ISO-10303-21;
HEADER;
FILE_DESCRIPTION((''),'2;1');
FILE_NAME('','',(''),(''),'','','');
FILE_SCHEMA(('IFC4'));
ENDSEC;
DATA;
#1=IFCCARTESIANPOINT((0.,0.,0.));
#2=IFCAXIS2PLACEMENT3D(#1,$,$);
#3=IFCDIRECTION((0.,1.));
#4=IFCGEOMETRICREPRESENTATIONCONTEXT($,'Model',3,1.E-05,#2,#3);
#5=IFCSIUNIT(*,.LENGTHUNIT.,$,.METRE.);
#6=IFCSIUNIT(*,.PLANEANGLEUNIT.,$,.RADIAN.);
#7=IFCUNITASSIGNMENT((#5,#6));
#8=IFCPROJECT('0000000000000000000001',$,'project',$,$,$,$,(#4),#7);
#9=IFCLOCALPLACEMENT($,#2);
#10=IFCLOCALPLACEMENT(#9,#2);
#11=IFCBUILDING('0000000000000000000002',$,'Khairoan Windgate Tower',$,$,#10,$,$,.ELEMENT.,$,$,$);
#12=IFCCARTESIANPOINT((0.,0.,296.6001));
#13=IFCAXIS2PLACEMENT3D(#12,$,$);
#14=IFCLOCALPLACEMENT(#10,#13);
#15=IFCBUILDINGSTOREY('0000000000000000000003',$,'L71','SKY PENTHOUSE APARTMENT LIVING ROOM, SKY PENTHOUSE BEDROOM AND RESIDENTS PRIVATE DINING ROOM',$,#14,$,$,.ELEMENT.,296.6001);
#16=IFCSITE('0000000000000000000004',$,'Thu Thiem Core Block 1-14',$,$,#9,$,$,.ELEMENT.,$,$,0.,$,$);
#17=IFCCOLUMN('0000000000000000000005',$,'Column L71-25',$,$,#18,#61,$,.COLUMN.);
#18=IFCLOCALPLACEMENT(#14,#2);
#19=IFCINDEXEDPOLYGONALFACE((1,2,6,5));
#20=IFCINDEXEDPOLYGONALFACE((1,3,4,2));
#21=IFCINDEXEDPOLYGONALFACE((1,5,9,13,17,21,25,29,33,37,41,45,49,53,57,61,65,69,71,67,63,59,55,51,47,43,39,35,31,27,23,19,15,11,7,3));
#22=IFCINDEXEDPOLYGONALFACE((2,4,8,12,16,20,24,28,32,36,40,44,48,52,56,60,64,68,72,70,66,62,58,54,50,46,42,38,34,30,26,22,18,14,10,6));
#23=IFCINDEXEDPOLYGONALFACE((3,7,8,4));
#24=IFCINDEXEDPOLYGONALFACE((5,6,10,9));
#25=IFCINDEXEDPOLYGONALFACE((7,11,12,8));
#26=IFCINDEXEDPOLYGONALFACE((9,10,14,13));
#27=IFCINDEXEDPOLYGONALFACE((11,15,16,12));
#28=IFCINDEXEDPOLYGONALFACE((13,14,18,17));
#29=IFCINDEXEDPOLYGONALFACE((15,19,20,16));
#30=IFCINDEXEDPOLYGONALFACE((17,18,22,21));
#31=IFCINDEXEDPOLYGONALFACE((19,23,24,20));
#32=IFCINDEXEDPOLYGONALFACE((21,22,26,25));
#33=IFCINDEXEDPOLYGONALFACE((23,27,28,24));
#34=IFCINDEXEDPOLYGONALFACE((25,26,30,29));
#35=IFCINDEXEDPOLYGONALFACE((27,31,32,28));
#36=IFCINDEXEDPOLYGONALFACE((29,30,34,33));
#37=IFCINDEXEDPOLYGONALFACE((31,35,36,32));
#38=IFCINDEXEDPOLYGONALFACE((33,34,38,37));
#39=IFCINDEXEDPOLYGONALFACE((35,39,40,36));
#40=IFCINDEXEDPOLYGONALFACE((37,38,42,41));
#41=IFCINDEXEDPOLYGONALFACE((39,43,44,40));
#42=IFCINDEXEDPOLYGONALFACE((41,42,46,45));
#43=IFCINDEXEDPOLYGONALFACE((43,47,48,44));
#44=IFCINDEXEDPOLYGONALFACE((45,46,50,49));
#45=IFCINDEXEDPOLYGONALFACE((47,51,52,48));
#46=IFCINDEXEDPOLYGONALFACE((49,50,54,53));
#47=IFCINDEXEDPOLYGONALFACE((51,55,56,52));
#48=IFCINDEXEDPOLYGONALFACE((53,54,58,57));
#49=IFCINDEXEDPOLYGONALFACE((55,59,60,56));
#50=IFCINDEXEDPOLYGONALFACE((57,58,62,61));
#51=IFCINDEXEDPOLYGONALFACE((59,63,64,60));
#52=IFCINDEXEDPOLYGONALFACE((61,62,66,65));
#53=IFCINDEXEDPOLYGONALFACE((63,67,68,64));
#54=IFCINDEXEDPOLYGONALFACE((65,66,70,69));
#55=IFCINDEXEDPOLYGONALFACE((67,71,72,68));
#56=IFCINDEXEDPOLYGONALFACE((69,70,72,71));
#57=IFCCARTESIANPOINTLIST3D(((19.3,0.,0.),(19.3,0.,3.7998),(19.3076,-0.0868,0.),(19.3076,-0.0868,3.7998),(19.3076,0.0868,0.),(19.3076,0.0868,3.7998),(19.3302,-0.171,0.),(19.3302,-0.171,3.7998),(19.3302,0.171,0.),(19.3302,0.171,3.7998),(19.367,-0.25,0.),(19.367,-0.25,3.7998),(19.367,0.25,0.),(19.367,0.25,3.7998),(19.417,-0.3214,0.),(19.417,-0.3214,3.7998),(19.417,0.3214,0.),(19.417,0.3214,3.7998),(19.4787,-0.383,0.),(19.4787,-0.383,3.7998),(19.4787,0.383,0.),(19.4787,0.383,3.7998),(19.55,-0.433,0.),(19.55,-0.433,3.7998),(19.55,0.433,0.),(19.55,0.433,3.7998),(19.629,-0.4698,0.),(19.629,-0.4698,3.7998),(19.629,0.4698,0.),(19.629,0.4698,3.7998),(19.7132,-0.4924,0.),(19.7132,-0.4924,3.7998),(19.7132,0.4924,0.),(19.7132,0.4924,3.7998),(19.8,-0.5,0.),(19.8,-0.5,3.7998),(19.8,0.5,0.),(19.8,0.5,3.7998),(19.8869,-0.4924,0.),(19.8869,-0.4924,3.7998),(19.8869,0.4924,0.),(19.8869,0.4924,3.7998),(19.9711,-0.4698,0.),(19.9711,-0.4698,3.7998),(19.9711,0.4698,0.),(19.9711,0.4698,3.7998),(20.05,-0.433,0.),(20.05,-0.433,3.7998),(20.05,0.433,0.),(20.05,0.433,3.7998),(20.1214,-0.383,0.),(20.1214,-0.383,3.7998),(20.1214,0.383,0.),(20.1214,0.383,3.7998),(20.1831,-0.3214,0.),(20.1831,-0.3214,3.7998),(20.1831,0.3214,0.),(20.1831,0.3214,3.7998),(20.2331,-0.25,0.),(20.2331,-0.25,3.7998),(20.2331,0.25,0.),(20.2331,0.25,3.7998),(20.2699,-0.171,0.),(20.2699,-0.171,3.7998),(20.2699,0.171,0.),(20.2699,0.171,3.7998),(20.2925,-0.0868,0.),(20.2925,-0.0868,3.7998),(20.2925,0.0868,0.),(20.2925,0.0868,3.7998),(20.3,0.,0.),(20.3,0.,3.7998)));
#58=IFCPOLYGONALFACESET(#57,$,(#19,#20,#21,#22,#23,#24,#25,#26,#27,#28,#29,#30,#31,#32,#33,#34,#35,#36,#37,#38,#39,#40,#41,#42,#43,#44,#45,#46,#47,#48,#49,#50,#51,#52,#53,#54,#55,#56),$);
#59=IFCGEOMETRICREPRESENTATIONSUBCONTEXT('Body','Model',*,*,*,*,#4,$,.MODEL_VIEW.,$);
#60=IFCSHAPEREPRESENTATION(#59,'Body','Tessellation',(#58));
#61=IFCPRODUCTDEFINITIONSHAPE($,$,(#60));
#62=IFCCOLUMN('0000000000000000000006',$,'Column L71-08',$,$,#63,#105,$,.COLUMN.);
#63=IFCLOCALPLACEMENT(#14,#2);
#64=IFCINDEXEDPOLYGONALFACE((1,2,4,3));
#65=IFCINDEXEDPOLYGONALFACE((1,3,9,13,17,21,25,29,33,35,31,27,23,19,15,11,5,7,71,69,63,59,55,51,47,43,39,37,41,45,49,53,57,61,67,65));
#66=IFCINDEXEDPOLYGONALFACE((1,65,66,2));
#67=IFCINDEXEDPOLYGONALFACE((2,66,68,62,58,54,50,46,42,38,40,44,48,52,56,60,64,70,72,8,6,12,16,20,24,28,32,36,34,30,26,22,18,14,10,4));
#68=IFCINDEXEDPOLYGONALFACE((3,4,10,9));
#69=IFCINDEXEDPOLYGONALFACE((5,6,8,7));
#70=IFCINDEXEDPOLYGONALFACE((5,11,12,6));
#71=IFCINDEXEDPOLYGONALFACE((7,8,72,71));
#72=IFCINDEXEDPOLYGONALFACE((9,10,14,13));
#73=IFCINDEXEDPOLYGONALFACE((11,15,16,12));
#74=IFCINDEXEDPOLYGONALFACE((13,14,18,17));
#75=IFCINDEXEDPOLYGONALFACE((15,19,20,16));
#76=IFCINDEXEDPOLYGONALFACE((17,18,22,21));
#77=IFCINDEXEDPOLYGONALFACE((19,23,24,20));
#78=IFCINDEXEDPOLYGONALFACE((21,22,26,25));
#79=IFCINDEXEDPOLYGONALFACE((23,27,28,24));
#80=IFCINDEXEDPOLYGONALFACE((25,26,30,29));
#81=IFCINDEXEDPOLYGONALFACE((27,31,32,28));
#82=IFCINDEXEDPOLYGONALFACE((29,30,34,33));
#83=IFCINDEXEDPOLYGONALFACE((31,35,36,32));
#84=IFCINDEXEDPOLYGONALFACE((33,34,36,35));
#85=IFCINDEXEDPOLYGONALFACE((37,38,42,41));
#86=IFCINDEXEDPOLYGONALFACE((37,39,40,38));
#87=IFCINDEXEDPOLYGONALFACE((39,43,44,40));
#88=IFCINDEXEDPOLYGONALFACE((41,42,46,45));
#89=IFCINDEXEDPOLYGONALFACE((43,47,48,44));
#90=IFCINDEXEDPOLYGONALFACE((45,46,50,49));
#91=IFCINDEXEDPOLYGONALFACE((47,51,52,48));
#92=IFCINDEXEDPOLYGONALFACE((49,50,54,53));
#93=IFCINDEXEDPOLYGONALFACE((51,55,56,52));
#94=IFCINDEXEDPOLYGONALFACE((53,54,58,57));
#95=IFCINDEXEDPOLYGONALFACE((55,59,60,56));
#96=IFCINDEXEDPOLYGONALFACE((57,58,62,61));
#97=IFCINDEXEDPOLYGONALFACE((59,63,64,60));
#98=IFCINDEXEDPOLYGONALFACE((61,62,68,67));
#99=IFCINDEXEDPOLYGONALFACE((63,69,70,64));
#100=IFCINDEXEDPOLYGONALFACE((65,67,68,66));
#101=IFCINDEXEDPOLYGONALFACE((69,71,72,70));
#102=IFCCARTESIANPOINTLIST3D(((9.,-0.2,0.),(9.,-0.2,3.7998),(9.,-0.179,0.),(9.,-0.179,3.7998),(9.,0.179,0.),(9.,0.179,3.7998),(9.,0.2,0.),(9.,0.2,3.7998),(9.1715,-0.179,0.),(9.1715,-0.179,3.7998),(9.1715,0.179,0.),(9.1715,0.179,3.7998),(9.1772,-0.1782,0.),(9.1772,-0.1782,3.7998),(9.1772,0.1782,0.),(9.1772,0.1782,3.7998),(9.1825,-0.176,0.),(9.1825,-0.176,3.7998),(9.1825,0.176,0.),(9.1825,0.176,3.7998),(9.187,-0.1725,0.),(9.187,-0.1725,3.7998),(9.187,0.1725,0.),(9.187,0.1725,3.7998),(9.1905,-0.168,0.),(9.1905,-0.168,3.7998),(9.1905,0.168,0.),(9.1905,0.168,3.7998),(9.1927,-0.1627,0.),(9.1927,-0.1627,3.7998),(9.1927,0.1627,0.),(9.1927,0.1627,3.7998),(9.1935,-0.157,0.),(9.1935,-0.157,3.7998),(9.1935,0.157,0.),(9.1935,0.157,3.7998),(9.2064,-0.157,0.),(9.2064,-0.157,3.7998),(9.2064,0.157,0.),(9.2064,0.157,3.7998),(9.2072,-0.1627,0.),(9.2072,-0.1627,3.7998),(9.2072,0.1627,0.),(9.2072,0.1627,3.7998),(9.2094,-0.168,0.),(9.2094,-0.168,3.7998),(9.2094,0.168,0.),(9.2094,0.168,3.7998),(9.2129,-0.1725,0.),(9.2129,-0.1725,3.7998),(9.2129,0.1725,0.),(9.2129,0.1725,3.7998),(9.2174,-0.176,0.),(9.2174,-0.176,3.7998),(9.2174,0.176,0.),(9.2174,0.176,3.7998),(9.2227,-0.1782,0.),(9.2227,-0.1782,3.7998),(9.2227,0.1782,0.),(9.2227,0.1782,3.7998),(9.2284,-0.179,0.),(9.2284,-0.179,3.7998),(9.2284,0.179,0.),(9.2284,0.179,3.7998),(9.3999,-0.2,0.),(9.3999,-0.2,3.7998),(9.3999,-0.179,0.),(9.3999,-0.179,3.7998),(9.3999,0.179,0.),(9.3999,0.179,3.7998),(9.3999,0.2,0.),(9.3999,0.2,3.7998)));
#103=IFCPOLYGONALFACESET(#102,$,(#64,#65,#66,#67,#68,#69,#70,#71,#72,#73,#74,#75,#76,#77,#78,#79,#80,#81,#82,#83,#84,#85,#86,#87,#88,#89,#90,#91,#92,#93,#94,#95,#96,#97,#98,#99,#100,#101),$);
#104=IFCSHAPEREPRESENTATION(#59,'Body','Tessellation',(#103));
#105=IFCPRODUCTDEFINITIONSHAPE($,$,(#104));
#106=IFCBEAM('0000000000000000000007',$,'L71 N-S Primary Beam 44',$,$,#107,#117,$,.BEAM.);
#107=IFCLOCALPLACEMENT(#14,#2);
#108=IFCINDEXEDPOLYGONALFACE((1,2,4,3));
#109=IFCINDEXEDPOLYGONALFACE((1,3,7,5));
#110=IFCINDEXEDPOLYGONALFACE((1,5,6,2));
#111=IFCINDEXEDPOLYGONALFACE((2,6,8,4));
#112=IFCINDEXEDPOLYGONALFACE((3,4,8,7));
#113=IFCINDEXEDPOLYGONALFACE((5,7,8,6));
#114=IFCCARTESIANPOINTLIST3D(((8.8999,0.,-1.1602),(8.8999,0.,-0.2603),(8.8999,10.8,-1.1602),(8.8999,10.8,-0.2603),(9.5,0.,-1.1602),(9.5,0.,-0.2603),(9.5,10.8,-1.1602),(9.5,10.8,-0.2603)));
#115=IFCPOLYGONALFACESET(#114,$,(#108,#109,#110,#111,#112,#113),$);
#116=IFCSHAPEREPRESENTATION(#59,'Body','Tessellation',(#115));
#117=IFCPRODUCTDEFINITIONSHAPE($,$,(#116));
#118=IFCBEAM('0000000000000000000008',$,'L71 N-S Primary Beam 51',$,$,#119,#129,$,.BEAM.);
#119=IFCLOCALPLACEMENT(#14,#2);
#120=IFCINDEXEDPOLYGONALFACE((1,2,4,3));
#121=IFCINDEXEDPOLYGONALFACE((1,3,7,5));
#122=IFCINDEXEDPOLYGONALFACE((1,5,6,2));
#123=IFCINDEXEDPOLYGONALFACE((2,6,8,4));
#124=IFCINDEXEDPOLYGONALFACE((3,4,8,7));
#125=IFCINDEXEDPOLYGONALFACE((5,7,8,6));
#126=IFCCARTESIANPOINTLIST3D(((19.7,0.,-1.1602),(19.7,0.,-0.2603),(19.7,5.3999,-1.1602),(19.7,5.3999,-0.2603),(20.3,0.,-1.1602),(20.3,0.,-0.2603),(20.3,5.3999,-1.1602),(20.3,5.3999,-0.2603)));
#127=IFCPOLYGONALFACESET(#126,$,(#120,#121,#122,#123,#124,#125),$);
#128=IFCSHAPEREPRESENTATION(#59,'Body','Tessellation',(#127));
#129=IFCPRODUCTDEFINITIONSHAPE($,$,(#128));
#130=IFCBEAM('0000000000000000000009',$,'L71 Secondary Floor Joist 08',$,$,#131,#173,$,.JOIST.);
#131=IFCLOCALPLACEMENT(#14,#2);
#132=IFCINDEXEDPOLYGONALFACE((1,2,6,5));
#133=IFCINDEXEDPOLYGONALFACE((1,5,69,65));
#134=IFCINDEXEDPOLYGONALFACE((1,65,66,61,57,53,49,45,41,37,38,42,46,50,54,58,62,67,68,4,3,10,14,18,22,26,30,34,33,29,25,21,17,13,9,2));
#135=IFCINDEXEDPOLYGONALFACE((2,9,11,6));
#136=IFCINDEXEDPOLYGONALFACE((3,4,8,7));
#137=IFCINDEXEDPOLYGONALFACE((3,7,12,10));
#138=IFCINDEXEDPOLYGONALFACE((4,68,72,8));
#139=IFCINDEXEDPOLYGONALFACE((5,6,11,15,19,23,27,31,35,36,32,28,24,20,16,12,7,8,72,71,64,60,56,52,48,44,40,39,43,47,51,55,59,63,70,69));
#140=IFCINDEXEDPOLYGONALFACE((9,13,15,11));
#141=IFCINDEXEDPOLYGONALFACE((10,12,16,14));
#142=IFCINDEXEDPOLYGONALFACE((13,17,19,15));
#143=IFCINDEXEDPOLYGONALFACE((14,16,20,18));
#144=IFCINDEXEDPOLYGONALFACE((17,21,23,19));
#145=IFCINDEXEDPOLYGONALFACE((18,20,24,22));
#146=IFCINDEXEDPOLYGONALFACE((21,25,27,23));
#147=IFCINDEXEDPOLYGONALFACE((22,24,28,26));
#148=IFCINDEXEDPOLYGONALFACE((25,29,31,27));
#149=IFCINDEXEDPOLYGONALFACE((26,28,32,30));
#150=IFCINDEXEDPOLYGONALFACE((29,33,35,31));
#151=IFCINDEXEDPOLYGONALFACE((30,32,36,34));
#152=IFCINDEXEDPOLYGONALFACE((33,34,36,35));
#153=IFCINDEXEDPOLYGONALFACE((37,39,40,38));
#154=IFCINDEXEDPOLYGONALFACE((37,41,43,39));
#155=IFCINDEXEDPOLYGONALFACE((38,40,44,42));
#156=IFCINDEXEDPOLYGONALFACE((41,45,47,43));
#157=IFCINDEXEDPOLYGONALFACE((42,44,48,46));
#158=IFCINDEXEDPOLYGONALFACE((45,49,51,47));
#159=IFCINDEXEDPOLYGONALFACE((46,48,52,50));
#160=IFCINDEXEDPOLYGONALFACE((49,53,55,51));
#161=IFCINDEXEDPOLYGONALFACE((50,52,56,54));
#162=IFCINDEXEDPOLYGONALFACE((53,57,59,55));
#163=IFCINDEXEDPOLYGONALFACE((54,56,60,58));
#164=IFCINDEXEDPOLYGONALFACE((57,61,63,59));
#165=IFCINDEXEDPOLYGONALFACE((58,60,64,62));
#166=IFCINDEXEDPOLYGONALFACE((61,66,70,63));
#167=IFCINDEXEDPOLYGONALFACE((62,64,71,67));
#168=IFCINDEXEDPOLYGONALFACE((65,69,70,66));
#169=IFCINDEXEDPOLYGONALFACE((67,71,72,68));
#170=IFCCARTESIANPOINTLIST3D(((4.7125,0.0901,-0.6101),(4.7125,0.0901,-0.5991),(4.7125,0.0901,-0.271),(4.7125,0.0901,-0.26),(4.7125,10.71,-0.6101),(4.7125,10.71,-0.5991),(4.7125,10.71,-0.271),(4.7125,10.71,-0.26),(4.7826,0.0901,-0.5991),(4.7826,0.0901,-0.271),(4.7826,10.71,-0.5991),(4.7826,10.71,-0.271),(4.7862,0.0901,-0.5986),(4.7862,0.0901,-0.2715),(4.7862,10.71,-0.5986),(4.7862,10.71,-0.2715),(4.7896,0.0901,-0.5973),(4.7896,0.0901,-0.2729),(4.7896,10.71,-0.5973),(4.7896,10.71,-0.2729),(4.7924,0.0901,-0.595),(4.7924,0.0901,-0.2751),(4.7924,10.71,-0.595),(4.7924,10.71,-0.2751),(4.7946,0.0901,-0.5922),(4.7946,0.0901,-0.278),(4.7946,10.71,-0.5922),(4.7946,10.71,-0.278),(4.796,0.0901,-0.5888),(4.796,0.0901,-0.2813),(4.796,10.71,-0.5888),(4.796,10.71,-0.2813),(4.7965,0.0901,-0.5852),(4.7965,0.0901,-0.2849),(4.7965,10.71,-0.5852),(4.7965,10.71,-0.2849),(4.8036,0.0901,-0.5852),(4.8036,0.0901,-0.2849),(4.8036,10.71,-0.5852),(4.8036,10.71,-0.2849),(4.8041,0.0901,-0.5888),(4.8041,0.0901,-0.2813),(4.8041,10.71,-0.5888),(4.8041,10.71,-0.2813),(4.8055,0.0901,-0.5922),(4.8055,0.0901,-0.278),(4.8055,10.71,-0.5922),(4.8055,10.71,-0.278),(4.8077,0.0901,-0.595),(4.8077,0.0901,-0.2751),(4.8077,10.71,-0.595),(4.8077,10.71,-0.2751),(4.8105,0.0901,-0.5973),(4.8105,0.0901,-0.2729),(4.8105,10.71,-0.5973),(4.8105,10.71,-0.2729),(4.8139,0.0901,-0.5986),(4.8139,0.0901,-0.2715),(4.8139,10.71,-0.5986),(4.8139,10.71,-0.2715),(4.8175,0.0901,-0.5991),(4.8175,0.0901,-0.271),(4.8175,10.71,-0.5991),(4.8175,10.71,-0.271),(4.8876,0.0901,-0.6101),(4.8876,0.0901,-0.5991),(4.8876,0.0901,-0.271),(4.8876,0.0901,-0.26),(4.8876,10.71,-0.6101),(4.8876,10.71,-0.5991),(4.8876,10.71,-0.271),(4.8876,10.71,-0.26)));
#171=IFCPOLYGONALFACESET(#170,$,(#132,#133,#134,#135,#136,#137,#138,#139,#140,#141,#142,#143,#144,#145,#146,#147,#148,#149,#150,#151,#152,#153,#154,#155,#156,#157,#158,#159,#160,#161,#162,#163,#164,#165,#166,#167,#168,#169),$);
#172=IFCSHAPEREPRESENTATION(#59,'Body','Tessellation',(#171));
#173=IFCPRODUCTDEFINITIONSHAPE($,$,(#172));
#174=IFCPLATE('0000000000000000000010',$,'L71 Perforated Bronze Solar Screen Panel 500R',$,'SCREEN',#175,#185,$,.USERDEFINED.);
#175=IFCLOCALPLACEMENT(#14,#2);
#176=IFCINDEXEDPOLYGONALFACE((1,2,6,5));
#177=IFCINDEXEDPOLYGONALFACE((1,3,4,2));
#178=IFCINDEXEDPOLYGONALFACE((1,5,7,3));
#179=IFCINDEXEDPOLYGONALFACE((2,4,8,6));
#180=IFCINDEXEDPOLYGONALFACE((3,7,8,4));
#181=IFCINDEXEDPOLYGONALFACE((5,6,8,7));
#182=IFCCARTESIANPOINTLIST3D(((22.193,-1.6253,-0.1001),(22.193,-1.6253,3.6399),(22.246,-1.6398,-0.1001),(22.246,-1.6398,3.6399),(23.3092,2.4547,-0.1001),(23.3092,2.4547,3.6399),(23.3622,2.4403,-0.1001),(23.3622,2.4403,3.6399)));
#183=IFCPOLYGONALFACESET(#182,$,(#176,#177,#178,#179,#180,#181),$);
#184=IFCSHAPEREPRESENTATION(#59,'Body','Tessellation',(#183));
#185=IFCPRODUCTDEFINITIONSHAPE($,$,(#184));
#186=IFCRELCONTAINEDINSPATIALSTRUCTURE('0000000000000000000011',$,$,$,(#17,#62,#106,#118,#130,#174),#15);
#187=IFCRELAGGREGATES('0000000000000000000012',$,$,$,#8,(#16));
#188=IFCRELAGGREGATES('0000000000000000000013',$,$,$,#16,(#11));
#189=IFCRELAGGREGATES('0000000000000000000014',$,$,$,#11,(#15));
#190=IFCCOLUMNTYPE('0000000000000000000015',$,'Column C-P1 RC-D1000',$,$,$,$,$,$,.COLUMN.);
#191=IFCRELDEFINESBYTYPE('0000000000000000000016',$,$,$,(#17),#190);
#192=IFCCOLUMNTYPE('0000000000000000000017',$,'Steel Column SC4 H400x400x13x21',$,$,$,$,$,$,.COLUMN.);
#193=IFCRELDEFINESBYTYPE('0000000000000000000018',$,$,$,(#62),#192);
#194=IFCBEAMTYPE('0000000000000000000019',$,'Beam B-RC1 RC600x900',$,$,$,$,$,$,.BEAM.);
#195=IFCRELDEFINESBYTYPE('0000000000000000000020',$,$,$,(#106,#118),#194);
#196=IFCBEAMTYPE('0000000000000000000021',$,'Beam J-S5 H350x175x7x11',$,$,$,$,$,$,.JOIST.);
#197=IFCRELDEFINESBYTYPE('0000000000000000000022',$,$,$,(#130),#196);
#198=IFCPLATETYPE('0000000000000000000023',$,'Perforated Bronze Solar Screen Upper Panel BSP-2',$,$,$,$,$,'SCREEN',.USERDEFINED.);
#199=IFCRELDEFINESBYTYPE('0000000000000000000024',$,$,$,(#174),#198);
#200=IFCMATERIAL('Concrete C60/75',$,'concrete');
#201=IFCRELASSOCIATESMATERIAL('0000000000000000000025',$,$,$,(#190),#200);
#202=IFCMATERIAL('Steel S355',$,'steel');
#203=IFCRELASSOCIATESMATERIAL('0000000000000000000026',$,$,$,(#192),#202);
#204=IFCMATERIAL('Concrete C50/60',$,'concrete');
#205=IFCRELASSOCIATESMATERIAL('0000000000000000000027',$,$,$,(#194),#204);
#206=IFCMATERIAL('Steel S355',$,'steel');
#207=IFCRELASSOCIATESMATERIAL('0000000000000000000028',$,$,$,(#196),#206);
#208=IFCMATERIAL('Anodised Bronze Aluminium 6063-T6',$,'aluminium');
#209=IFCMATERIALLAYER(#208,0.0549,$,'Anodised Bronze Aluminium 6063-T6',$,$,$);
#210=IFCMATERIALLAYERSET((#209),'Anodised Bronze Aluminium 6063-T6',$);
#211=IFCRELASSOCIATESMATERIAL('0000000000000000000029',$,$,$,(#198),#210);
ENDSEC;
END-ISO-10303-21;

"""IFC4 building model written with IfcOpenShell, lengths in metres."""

from ifc_helpers import new_model, si_unit, direction, frame, origin, origin_2d, place, context, subcontext, project, spatial, rectangle, circle, i_section, extrude, material, layer, layer_set, material_profile, profile_set, type_object, element, save


model = new_model("IFC4")

# Units and contexts
model_context = context("Model", 3, precision=1e-05, world=origin(), true_north=direction((0.0, 1.0)))
body_context = subcontext(model_context, "Body", "Model", "MODEL_VIEW")
ifc_project = project(units=[si_unit("LENGTHUNIT", "METRE"), si_unit("PLANEANGLEUNIT", "RADIAN")], contexts=[model_context])

# Site, building, storey
site_placement = place(None, origin())
site = spatial("IfcSite", under=ifc_project, at=site_placement, Name="Thu Thiem Core Block 1-14", CompositionType="ELEMENT", RefElevation=0.0)
building_placement = place(site_placement, origin())
building = spatial("IfcBuilding", under=site, at=building_placement, Name="Khairoan Windgate Tower", CompositionType="ELEMENT")
storey_placement = place(building_placement, frame((0.0, 0.0, 296.6001)))
storey = spatial("IfcBuildingStorey", under=building, at=storey_placement, Name="L71", Description="SKY PENTHOUSE APARTMENT LIVING ROOM, SKY PENTHOUSE BEDROOM AND RESIDENTS PRIVATE DINING ROOM", CompositionType="ELEMENT", Elevation=296.6001)

# Columns
ifc_material_1 = material(Name="Concrete C60/75", Category="concrete")
ifc_material_profile_1 = material_profile(ifc_material_1, circle(Radius=0.5, at=origin_2d()))
ifc_profile_set_1 = profile_set([ifc_material_profile_1], Name="Concrete C60/75")
column_type_1 = type_object("IfcColumnType", Name="Column C-P1 RC-D1000", PredefinedType="COLUMN", material=ifc_profile_set_1)
column_1_placement = place(storey_placement, frame((19.8, 0.0, 0.0), z_axis=(0.0, 0.0, 1.0), x_axis=(1.0, 0.0, 0.0)))
element("IfcColumn", 1, at=column_1_placement, inside=storey, type_object=column_type_1, Name="Column L71-25", PredefinedType="COLUMN", context=body_context, shape_type="SweptSolid", body=[
    extrude(circle(Radius=0.5, at=origin_2d()), origin(), (0.0, 0.0, 1.0), 3.7998),
])
ifc_material_2 = material(Name="Steel S355", Category="steel")
ifc_material_profile_2 = material_profile(ifc_material_2, i_section(OverallWidth=0.3999, OverallDepth=0.3999, WebThickness=0.0129, FlangeThickness=0.021, FilletRadius=0.022, at=origin_2d()))
ifc_profile_set_2 = profile_set([ifc_material_profile_2], Name="Steel S355")
column_type_2 = type_object("IfcColumnType", Name="Steel Column SC4 H400x400x13x21", PredefinedType="COLUMN", material=ifc_profile_set_2)
column_2_placement = place(storey_placement, frame((9.2, 0.0, 0.0), z_axis=(0.0, 0.0, 1.0), x_axis=(1.0, 0.0, 0.0)))
element("IfcColumn", 2, at=column_2_placement, inside=storey, type_object=column_type_2, Name="Column L71-08", PredefinedType="COLUMN", context=body_context, shape_type="SweptSolid", body=[
    extrude(i_section(OverallWidth=0.3999, OverallDepth=0.3999, WebThickness=0.0129, FlangeThickness=0.021, FilletRadius=0.022, at=origin_2d()), origin(), (0.0, 0.0, 1.0), 3.7998),
])

# Beams
ifc_material_3 = material(Name="Concrete C50/60", Category="concrete")
ifc_material_profile_3 = material_profile(ifc_material_3, rectangle(XDim=0.6001, YDim=0.8999, at=origin_2d()))
ifc_profile_set_3 = profile_set([ifc_material_profile_3], Name="Concrete C50/60")
beam_type_1 = type_object("IfcBeamType", Name="Beam B-RC1 RC600x900", PredefinedType="BEAM", material=ifc_profile_set_3)
beam_1_placement = place(storey_placement, frame((9.2, 0.0, -0.7102), z_axis=(0.0, 1.0, 0.0), x_axis=(-1.0, 0.0, 0.0)))
element("IfcBeam", 3, at=beam_1_placement, inside=storey, type_object=beam_type_1, Name="L71 N-S Primary Beam 44", PredefinedType="BEAM", context=body_context, shape_type="SweptSolid", body=[
    extrude(rectangle(XDim=0.6001, YDim=0.8999, at=origin_2d()), origin(), (0.0, 0.0, 1.0), 10.8),
])
beam_2_placement = place(storey_placement, frame((20.0, 0.0, -0.7102), z_axis=(0.0, 1.0, 0.0), x_axis=(-1.0, 0.0, 0.0)))
element("IfcBeam", 4, at=beam_2_placement, inside=storey, type_object=beam_type_1, Name="L71 N-S Primary Beam 51", PredefinedType="BEAM", context=body_context, shape_type="SweptSolid", body=[
    extrude(rectangle(XDim=0.6001, YDim=0.8999, at=origin_2d()), origin(), (0.0, 0.0, 1.0), 5.3999),
])
ifc_material_4 = material(Name="Steel S355", Category="steel")
ifc_material_profile_4 = material_profile(ifc_material_4, i_section(OverallWidth=0.175, OverallDepth=0.3501, WebThickness=0.0071, FlangeThickness=0.011, FilletRadius=0.0139, at=origin_2d()))
ifc_profile_set_4 = profile_set([ifc_material_profile_4], Name="Steel S355")
beam_type_2 = type_object("IfcBeamType", Name="Beam J-S5 H350x175x7x11", PredefinedType="JOIST", material=ifc_profile_set_4)
beam_3_placement = place(storey_placement, frame((4.8, 0.0901, -0.4351), z_axis=(0.0, 1.0, 0.0), x_axis=(-1.0, 0.0, 0.0)))
element("IfcBeam", 5, at=beam_3_placement, inside=storey, type_object=beam_type_2, Name="L71 Secondary Floor Joist 08", PredefinedType="JOIST", context=body_context, shape_type="SweptSolid", body=[
    extrude(i_section(OverallWidth=0.175, OverallDepth=0.3501, WebThickness=0.0071, FlangeThickness=0.011, FilletRadius=0.0139, at=origin_2d()), origin(), (0.0, 0.0, 1.0), 10.6199),
])

# Plate
ifc_material_5 = material(Name="Anodised Bronze Aluminium 6063-T6", Category="aluminium")
ifc_layer_1 = layer(ifc_material_5, 0.0549, Name="Anodised Bronze Aluminium 6063-T6")
ifc_layer_set_1 = layer_set([ifc_layer_1], Name="Anodised Bronze Aluminium 6063-T6")
plate_type = type_object("IfcPlateType", Name="Perforated Bronze Solar Screen Upper Panel BSP-2", ElementType="SCREEN", PredefinedType="USERDEFINED", material=ifc_layer_set_1)
plate_placement = place(storey_placement, frame((22.7776, 0.4075, -0.1001), z_axis=(0.0, 0.0, 1.0), x_axis=(-0.263873, -0.964557, 0.0)))
element("IfcPlate", 6, at=plate_placement, inside=storey, type_object=plate_type, Name="L71 Perforated Bronze Solar Screen Panel 500R", ObjectType="SCREEN", PredefinedType="USERDEFINED", context=body_context, shape_type="SweptSolid", body=[
    extrude(rectangle(XDim=4.23, YDim=0.0549, at=origin_2d()), origin(), (0.0, 0.0, 1.0), 3.74),
])

save(model, "model.ifc")
